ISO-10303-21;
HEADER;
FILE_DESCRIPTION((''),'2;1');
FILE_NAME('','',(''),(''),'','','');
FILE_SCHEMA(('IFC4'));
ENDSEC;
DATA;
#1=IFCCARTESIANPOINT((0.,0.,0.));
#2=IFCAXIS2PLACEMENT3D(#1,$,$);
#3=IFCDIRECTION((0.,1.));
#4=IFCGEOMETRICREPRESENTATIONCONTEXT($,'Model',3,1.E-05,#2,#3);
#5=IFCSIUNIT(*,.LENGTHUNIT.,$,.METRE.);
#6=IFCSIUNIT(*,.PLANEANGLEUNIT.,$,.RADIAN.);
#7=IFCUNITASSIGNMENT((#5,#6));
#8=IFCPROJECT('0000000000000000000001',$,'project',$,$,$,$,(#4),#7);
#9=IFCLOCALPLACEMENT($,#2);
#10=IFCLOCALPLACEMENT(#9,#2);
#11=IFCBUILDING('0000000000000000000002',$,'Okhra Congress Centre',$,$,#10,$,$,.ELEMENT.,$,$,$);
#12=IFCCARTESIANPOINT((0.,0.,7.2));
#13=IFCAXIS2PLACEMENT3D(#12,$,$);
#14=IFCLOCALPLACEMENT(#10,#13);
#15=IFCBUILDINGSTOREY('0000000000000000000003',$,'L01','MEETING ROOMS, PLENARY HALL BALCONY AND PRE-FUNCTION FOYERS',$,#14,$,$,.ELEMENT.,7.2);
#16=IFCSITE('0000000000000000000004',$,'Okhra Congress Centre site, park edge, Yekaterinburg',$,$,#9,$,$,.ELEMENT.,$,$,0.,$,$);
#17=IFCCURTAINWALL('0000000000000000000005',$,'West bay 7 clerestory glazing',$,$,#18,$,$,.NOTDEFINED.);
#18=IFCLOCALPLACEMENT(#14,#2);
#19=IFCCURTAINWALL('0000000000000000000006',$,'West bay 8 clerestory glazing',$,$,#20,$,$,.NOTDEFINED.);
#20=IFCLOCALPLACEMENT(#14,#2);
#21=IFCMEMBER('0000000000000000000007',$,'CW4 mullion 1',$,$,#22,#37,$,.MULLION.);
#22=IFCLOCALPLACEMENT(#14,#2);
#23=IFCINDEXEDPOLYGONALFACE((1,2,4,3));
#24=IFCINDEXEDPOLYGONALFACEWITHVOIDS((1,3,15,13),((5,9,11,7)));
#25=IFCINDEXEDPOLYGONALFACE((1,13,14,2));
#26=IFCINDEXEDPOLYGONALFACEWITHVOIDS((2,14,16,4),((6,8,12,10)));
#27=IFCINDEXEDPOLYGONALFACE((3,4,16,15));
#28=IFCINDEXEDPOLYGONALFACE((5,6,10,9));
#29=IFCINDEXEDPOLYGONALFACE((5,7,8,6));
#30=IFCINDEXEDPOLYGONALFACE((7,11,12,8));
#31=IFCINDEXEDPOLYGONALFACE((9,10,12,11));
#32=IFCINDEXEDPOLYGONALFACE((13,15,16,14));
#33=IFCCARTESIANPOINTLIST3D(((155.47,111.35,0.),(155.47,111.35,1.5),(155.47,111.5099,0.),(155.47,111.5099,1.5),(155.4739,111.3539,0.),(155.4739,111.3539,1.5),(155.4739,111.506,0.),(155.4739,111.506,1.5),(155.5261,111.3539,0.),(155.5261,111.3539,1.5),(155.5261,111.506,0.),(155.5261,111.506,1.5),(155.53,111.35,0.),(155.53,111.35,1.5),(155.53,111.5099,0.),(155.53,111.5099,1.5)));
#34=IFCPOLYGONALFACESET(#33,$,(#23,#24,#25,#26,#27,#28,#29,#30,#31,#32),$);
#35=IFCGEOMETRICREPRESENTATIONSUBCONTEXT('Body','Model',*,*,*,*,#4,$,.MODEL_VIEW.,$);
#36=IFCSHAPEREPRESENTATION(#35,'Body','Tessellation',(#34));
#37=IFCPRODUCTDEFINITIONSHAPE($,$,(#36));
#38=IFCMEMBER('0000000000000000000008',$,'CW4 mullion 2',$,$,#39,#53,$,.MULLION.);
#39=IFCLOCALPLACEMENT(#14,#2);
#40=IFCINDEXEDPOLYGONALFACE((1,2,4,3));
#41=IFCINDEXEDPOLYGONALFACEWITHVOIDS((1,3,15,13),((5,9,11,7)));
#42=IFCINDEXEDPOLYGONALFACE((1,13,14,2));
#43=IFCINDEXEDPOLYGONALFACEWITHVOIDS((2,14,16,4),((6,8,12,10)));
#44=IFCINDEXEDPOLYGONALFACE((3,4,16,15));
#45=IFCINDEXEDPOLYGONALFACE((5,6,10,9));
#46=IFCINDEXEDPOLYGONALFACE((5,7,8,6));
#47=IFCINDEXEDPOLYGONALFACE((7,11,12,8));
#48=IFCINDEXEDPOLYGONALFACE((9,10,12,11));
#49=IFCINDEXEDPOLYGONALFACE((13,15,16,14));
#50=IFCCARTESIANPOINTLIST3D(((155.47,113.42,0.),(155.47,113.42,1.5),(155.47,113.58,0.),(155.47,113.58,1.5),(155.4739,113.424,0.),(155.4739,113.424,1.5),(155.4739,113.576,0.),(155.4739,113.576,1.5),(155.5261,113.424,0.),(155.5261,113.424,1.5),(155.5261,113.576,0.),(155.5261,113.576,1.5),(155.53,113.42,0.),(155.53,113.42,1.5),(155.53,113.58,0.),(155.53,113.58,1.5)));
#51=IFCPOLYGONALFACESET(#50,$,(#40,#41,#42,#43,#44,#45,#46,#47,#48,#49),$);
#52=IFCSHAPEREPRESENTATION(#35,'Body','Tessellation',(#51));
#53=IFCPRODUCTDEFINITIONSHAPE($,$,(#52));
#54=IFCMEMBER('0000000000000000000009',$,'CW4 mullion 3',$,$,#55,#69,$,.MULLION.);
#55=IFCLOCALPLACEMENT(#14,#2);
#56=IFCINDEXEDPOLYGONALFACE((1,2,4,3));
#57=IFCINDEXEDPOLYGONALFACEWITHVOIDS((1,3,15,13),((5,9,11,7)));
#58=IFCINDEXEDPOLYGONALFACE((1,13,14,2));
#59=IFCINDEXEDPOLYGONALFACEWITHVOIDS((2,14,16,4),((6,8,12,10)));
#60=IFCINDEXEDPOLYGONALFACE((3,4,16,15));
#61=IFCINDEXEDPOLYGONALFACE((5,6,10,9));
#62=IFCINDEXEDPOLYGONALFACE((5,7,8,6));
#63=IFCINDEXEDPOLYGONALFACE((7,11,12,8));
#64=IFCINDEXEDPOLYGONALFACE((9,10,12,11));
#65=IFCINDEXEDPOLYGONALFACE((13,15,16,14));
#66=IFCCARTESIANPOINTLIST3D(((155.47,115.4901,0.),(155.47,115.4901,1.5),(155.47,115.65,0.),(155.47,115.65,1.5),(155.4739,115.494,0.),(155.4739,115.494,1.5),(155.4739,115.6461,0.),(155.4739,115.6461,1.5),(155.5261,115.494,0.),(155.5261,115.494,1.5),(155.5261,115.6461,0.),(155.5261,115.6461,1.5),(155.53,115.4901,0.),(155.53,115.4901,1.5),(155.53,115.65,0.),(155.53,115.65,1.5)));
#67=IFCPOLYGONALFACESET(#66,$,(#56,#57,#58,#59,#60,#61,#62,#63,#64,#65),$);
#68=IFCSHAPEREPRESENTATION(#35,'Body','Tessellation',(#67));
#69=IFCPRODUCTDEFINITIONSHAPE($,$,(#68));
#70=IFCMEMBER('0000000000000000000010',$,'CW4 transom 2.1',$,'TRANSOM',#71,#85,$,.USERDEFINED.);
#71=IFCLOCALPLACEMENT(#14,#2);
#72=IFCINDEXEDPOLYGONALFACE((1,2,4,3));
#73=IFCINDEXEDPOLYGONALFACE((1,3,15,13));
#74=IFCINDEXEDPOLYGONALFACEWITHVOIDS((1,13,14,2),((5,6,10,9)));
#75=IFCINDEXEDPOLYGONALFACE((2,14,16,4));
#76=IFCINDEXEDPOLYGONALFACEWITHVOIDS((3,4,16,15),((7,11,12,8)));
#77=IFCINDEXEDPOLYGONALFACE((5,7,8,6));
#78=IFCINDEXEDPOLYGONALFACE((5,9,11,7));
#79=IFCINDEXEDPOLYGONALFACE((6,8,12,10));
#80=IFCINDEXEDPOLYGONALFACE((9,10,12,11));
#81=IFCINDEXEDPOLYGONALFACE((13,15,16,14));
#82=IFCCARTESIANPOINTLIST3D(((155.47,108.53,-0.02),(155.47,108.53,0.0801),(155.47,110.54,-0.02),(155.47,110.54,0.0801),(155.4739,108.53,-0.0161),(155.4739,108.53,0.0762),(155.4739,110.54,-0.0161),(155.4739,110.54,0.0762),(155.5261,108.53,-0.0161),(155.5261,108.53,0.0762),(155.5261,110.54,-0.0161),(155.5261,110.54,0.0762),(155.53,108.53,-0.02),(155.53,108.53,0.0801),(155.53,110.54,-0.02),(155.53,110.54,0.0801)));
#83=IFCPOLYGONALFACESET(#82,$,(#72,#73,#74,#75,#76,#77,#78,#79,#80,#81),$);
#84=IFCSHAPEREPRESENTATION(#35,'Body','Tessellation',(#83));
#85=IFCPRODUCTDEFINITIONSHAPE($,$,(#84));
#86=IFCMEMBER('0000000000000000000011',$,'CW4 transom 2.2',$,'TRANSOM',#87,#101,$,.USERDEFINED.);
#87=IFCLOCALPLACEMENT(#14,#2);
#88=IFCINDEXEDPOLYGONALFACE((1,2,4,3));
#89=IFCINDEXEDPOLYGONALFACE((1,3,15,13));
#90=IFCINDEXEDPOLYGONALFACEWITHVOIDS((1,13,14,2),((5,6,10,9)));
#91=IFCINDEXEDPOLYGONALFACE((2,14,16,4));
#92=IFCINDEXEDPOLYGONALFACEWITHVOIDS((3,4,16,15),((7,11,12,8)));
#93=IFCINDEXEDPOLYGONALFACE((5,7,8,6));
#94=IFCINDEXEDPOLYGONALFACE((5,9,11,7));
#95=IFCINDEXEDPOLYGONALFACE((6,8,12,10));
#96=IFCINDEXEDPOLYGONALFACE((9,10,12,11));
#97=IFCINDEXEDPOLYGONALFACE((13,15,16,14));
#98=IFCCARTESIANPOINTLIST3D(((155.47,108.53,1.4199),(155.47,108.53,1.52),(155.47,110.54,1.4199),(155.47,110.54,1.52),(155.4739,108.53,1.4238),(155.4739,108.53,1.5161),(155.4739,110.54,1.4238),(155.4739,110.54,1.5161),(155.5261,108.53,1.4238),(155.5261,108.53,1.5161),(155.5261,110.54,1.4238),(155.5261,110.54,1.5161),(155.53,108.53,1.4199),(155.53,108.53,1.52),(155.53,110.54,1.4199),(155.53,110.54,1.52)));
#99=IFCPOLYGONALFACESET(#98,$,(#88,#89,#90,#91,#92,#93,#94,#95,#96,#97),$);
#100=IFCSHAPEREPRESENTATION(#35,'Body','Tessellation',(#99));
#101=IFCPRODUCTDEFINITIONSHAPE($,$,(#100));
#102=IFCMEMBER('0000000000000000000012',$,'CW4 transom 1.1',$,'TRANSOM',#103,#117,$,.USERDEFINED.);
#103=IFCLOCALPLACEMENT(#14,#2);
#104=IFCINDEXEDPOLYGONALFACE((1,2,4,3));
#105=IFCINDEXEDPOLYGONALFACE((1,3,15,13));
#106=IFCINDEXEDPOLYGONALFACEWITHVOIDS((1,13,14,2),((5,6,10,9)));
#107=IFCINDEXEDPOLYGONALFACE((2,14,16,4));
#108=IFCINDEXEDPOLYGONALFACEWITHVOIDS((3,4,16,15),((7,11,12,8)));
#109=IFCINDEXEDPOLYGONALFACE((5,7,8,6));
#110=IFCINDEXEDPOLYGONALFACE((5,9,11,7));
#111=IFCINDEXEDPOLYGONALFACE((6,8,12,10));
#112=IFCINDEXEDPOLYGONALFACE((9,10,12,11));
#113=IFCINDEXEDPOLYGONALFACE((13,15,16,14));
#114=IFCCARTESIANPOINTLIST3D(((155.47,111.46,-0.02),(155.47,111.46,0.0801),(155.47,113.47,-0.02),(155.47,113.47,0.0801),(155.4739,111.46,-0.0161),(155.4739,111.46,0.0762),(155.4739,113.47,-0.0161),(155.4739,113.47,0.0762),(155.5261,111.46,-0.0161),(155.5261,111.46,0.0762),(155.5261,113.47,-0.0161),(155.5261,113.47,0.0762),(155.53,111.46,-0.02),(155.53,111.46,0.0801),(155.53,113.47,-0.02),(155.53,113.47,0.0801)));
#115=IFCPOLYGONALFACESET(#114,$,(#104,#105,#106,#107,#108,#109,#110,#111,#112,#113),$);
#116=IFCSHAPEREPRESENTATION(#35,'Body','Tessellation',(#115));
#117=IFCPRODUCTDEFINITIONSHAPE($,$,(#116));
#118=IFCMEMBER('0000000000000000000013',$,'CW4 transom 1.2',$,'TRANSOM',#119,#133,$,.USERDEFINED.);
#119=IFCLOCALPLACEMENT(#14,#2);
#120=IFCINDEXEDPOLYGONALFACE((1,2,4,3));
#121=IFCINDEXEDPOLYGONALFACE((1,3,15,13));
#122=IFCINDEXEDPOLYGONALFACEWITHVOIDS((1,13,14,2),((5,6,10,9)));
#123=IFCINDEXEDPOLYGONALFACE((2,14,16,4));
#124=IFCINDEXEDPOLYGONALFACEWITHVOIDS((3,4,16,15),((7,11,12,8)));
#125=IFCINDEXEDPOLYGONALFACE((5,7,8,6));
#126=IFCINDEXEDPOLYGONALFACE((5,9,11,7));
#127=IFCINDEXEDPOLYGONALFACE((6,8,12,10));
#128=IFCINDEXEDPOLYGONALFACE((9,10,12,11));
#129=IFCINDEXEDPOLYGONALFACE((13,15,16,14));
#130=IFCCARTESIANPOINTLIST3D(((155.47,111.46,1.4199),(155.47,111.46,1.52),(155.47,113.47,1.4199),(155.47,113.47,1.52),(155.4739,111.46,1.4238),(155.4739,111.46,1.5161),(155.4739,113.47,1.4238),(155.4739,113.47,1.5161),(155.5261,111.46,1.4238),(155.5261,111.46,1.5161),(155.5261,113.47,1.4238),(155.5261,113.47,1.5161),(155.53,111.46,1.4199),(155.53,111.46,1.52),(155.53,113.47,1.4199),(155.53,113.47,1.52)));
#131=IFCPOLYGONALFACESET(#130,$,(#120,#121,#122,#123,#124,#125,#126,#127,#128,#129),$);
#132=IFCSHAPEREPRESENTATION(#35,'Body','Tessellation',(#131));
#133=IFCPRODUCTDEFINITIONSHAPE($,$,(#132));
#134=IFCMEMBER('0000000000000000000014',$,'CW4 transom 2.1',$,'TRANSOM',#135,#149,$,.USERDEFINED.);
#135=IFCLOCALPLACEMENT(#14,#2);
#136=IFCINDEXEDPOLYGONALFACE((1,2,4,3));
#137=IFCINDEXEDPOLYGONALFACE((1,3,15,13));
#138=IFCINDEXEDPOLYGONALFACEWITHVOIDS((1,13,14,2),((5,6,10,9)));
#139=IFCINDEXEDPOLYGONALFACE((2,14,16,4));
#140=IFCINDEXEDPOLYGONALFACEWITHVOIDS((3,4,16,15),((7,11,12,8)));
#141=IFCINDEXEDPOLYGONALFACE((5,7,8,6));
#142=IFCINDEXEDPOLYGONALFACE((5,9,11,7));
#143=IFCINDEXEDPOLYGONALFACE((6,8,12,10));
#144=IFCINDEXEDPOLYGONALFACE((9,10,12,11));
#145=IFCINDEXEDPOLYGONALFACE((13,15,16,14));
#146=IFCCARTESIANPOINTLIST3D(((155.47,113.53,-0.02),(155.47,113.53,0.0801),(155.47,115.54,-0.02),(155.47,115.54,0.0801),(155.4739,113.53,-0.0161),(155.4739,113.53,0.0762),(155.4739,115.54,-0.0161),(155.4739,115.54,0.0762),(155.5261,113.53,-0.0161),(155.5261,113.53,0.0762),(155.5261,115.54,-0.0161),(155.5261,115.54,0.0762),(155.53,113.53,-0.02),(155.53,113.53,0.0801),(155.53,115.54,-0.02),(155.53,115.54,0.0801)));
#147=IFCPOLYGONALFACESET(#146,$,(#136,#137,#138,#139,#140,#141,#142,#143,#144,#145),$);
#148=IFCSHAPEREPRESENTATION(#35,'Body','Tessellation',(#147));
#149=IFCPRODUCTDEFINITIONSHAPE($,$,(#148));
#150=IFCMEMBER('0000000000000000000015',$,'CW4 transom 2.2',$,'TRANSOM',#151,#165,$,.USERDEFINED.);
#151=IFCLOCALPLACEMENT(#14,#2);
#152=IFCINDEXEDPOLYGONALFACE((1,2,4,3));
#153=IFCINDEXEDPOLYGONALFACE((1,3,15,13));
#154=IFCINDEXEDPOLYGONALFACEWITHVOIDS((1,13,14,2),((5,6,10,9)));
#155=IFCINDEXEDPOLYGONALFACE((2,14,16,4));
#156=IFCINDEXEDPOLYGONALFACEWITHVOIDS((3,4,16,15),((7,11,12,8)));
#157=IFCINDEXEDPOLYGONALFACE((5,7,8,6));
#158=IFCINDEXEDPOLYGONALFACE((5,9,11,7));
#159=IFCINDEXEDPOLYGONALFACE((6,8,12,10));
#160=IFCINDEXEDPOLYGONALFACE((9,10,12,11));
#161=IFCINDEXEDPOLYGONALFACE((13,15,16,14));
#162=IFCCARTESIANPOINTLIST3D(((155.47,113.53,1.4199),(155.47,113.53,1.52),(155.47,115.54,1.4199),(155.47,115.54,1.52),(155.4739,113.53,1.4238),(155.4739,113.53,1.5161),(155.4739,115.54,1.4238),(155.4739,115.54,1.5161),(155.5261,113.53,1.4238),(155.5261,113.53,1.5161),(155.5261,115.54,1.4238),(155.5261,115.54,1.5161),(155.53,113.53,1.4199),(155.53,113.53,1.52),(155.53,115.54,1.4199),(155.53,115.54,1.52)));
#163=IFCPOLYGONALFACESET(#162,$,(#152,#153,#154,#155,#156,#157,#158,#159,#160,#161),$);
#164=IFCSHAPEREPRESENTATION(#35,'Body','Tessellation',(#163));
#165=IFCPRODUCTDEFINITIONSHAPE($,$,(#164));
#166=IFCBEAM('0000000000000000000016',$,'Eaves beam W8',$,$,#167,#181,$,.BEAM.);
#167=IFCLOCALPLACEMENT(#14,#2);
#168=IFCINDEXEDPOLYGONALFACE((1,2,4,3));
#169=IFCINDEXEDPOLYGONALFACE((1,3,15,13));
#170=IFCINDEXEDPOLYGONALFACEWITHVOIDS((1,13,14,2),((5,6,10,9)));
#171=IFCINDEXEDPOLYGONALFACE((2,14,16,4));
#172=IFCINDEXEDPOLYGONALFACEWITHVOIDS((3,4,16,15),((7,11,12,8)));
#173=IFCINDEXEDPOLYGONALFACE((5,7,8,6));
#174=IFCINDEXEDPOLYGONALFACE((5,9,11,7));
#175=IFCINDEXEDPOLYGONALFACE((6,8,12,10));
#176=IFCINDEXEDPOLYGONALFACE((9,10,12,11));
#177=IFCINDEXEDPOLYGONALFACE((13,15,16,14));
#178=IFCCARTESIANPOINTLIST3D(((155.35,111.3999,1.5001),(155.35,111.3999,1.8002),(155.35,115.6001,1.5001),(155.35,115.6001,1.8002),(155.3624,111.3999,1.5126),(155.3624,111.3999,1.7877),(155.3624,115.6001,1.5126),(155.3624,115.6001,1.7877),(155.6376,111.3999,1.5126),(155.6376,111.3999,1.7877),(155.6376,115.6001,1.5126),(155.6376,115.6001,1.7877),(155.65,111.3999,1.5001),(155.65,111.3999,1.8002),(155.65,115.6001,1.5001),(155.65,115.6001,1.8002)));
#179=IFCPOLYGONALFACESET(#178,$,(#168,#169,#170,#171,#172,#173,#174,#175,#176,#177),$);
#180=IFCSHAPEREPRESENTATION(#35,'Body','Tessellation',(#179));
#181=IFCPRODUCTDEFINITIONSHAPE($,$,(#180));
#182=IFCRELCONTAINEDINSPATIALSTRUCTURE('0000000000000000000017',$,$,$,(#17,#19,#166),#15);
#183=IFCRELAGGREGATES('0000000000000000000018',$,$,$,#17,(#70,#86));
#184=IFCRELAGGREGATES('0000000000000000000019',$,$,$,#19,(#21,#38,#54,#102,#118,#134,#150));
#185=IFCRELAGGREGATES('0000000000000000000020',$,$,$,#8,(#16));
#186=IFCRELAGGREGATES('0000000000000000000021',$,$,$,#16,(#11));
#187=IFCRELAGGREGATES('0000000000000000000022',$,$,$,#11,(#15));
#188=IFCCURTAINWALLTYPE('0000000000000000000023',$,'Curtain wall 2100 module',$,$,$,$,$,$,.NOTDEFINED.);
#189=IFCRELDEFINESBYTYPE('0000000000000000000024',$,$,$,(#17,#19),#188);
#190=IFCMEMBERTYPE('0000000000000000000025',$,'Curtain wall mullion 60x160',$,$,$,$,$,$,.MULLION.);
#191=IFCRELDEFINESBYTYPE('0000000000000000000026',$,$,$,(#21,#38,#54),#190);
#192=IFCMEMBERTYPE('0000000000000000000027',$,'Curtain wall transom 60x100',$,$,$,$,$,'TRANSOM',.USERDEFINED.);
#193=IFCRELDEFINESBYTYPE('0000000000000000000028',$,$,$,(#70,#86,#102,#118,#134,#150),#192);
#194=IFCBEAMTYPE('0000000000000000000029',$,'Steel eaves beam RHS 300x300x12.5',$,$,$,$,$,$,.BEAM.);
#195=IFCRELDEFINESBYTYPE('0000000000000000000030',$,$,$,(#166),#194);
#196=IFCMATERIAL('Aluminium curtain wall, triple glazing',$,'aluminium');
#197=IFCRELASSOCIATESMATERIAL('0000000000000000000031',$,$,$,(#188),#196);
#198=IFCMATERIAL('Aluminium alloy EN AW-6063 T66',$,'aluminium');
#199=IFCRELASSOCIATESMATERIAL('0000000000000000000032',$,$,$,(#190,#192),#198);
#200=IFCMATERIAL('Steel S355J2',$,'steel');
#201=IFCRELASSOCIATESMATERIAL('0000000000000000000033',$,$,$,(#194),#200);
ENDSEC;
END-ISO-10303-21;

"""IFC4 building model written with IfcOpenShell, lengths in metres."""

from ifc_helpers import new_model, si_unit, direction, frame, origin, origin_2d, place, context, subcontext, project, spatial, hollow_rectangle, extrude, material, material_profile, profile_set, type_object, element, aggregate, save


model = new_model("IFC4")

# Units and contexts
model_context = context("Model", 3, precision=1e-05, world=origin(), true_north=direction((0.0, 1.0)))
body_context = subcontext(model_context, "Body", "Model", "MODEL_VIEW")
ifc_project = project(units=[si_unit("LENGTHUNIT", "METRE"), si_unit("PLANEANGLEUNIT", "RADIAN")], contexts=[model_context])

# Site, building, storey
site_placement = place(None, origin())
site = spatial("IfcSite", under=ifc_project, at=site_placement, Name="Okhra Congress Centre site, park edge, Yekaterinburg", CompositionType="ELEMENT", RefElevation=0.0)
building_placement = place(site_placement, origin())
building = spatial("IfcBuilding", under=site, at=building_placement, Name="Okhra Congress Centre", CompositionType="ELEMENT")
storey_placement = place(building_placement, frame((0.0, 0.0, 7.2)))
storey = spatial("IfcBuildingStorey", under=building, at=storey_placement, Name="L01", Description="MEETING ROOMS, PLENARY HALL BALCONY AND PRE-FUNCTION FOYERS", CompositionType="ELEMENT", Elevation=7.2)

# Curtain walls, members
ifc_material_1 = material(Name="Aluminium curtain wall, triple glazing", Category="aluminium")
curtain_wall_type_1 = type_object("IfcCurtainWallType", Name="Curtain wall 2100 module", PredefinedType="NOTDEFINED", material=ifc_material_1)
curtain_wall_1_placement = place(storey_placement, origin())
curtain_wall_1 = element("IfcCurtainWall", 1, at=curtain_wall_1_placement, inside=storey, type_object=curtain_wall_type_1, Name="West bay 7 clerestory glazing", PredefinedType="NOTDEFINED")
ifc_material_2 = material(Name="Aluminium alloy EN AW-6063 T66", Category="aluminium")
ifc_material_profile_1 = material_profile(ifc_material_2, hollow_rectangle(XDim=0.0601, YDim=0.1599, WallThickness=0.0039, at=origin_2d()), Name="RHS 60x160x4")
ifc_profile_set_1 = profile_set([ifc_material_profile_1], Name="Aluminium alloy EN AW-6063 T66")
member_type_1 = type_object("IfcMemberType", Name="Curtain wall mullion 60x160", PredefinedType="MULLION", material=ifc_profile_set_1)
curtain_wall_2_placement = place(storey_placement, origin())
curtain_wall_2 = element("IfcCurtainWall", 2, at=curtain_wall_2_placement, inside=storey, type_object=curtain_wall_type_1, Name="West bay 8 clerestory glazing", PredefinedType="NOTDEFINED")
member_1_placement = place(storey_placement, frame((155.5, 111.4299, 0.0), z_axis=(0.0, 0.0, 1.0), x_axis=(-1.0, 0.0, 0.0)))
member_1 = element("IfcMember", 3, at=member_1_placement, type_object=member_type_1, Name="CW4 mullion 1", PredefinedType="MULLION", context=body_context, shape_type="SweptSolid", body=[
    extrude(hollow_rectangle(XDim=0.0601, YDim=0.1599, WallThickness=0.0039, at=origin_2d()), origin(), (0.0, 0.0, 1.0), 1.5),
])
member_2_placement = place(storey_placement, frame((155.5, 113.5, 0.0), z_axis=(0.0, 0.0, 1.0), x_axis=(-1.0, 0.0, 0.0)))
member_2 = element("IfcMember", 4, at=member_2_placement, type_object=member_type_1, Name="CW4 mullion 2", PredefinedType="MULLION", context=body_context, shape_type="SweptSolid", body=[
    extrude(hollow_rectangle(XDim=0.0601, YDim=0.1599, WallThickness=0.0039, at=origin_2d()), origin(), (0.0, 0.0, 1.0), 1.5),
])
member_3_placement = place(storey_placement, frame((155.5, 115.5701, 0.0), z_axis=(0.0, 0.0, 1.0), x_axis=(-1.0, 0.0, 0.0)))
member_3 = element("IfcMember", 5, at=member_3_placement, type_object=member_type_1, Name="CW4 mullion 3", PredefinedType="MULLION", context=body_context, shape_type="SweptSolid", body=[
    extrude(hollow_rectangle(XDim=0.0601, YDim=0.1599, WallThickness=0.0039, at=origin_2d()), origin(), (0.0, 0.0, 1.0), 1.5),
])

# Members
ifc_material_profile_2 = material_profile(ifc_material_2, hollow_rectangle(XDim=0.0601, YDim=0.1001, WallThickness=0.0039, at=origin_2d()), Name="RHS 60x100x4")
ifc_profile_set_2 = profile_set([ifc_material_profile_2], Name="Aluminium alloy EN AW-6063 T66")
member_type_2 = type_object("IfcMemberType", Name="Curtain wall transom 60x100", ElementType="TRANSOM", PredefinedType="USERDEFINED", material=ifc_profile_set_2)
member_4_placement = place(storey_placement, frame((155.5, 108.53, 0.03), z_axis=(0.0, 1.0, 0.0), x_axis=(-1.0, 0.0, 0.0)))
member_4 = element("IfcMember", 6, at=member_4_placement, type_object=member_type_2, Name="CW4 transom 2.1", ObjectType="TRANSOM", PredefinedType="USERDEFINED", context=body_context, shape_type="SweptSolid", body=[
    extrude(hollow_rectangle(XDim=0.0601, YDim=0.1001, WallThickness=0.0039, at=origin_2d()), origin(), (0.0, 0.0, 1.0), 2.01),
])
member_5_placement = place(storey_placement, frame((155.5, 108.53, 1.47), z_axis=(0.0, 1.0, 0.0), x_axis=(-1.0, 0.0, 0.0)))
member_5 = element("IfcMember", 7, at=member_5_placement, type_object=member_type_2, Name="CW4 transom 2.2", ObjectType="TRANSOM", PredefinedType="USERDEFINED", context=body_context, shape_type="SweptSolid", body=[
    extrude(hollow_rectangle(XDim=0.0601, YDim=0.1001, WallThickness=0.0039, at=origin_2d()), origin(), (0.0, 0.0, 1.0), 2.01),
])
member_6_placement = place(storey_placement, frame((155.5, 111.46, 0.03), z_axis=(0.0, 1.0, 0.0), x_axis=(-1.0, 0.0, 0.0)))
member_6 = element("IfcMember", 8, at=member_6_placement, type_object=member_type_2, Name="CW4 transom 1.1", ObjectType="TRANSOM", PredefinedType="USERDEFINED", context=body_context, shape_type="SweptSolid", body=[
    extrude(hollow_rectangle(XDim=0.0601, YDim=0.1001, WallThickness=0.0039, at=origin_2d()), origin(), (0.0, 0.0, 1.0), 2.01),
])
member_7_placement = place(storey_placement, frame((155.5, 111.46, 1.47), z_axis=(0.0, 1.0, 0.0), x_axis=(-1.0, 0.0, 0.0)))
member_7 = element("IfcMember", 9, at=member_7_placement, type_object=member_type_2, Name="CW4 transom 1.2", ObjectType="TRANSOM", PredefinedType="USERDEFINED", context=body_context, shape_type="SweptSolid", body=[
    extrude(hollow_rectangle(XDim=0.0601, YDim=0.1001, WallThickness=0.0039, at=origin_2d()), origin(), (0.0, 0.0, 1.0), 2.01),
])
member_8_placement = place(storey_placement, frame((155.5, 113.53, 0.03), z_axis=(0.0, 1.0, 0.0), x_axis=(-1.0, 0.0, 0.0)))
member_8 = element("IfcMember", 10, at=member_8_placement, type_object=member_type_2, Name="CW4 transom 2.1", ObjectType="TRANSOM", PredefinedType="USERDEFINED", context=body_context, shape_type="SweptSolid", body=[
    extrude(hollow_rectangle(XDim=0.0601, YDim=0.1001, WallThickness=0.0039, at=origin_2d()), origin(), (0.0, 0.0, 1.0), 2.01),
])
member_9_placement = place(storey_placement, frame((155.5, 113.53, 1.47), z_axis=(0.0, 1.0, 0.0), x_axis=(-1.0, 0.0, 0.0)))
member_9 = element("IfcMember", 11, at=member_9_placement, type_object=member_type_2, Name="CW4 transom 2.2", ObjectType="TRANSOM", PredefinedType="USERDEFINED", context=body_context, shape_type="SweptSolid", body=[
    extrude(hollow_rectangle(XDim=0.0601, YDim=0.1001, WallThickness=0.0039, at=origin_2d()), origin(), (0.0, 0.0, 1.0), 2.01),
])

# Beam
ifc_material_3 = material(Name="Steel S355J2", Category="steel")
ifc_material_profile_3 = material_profile(ifc_material_3, hollow_rectangle(XDim=0.3, YDim=0.3, WallThickness=0.0125, at=origin_2d()), Name="RHS 300x300x12.5")
ifc_profile_set_3 = profile_set([ifc_material_profile_3], Name="Steel S355J2")
beam_type = type_object("IfcBeamType", Name="Steel eaves beam RHS 300x300x12.5", PredefinedType="BEAM", material=ifc_profile_set_3)
beam_placement = place(storey_placement, frame((155.5, 111.3999, 1.6501), z_axis=(0.0, 1.0, 0.0), x_axis=(-1.0, 0.0, 0.0)))
element("IfcBeam", 12, at=beam_placement, inside=storey, type_object=beam_type, Name="Eaves beam W8", PredefinedType="BEAM", context=body_context, shape_type="SweptSolid", body=[
    extrude(hollow_rectangle(XDim=0.3, YDim=0.3, WallThickness=0.0125, at=origin_2d()), origin(), (0.0, 0.0, 1.0), 4.2002),
])

aggregate(curtain_wall_1, [member_4, member_5])
aggregate(curtain_wall_2, [member_1, member_2, member_3, member_6, member_7, member_8, member_9])

save(model, "model.ifc")
